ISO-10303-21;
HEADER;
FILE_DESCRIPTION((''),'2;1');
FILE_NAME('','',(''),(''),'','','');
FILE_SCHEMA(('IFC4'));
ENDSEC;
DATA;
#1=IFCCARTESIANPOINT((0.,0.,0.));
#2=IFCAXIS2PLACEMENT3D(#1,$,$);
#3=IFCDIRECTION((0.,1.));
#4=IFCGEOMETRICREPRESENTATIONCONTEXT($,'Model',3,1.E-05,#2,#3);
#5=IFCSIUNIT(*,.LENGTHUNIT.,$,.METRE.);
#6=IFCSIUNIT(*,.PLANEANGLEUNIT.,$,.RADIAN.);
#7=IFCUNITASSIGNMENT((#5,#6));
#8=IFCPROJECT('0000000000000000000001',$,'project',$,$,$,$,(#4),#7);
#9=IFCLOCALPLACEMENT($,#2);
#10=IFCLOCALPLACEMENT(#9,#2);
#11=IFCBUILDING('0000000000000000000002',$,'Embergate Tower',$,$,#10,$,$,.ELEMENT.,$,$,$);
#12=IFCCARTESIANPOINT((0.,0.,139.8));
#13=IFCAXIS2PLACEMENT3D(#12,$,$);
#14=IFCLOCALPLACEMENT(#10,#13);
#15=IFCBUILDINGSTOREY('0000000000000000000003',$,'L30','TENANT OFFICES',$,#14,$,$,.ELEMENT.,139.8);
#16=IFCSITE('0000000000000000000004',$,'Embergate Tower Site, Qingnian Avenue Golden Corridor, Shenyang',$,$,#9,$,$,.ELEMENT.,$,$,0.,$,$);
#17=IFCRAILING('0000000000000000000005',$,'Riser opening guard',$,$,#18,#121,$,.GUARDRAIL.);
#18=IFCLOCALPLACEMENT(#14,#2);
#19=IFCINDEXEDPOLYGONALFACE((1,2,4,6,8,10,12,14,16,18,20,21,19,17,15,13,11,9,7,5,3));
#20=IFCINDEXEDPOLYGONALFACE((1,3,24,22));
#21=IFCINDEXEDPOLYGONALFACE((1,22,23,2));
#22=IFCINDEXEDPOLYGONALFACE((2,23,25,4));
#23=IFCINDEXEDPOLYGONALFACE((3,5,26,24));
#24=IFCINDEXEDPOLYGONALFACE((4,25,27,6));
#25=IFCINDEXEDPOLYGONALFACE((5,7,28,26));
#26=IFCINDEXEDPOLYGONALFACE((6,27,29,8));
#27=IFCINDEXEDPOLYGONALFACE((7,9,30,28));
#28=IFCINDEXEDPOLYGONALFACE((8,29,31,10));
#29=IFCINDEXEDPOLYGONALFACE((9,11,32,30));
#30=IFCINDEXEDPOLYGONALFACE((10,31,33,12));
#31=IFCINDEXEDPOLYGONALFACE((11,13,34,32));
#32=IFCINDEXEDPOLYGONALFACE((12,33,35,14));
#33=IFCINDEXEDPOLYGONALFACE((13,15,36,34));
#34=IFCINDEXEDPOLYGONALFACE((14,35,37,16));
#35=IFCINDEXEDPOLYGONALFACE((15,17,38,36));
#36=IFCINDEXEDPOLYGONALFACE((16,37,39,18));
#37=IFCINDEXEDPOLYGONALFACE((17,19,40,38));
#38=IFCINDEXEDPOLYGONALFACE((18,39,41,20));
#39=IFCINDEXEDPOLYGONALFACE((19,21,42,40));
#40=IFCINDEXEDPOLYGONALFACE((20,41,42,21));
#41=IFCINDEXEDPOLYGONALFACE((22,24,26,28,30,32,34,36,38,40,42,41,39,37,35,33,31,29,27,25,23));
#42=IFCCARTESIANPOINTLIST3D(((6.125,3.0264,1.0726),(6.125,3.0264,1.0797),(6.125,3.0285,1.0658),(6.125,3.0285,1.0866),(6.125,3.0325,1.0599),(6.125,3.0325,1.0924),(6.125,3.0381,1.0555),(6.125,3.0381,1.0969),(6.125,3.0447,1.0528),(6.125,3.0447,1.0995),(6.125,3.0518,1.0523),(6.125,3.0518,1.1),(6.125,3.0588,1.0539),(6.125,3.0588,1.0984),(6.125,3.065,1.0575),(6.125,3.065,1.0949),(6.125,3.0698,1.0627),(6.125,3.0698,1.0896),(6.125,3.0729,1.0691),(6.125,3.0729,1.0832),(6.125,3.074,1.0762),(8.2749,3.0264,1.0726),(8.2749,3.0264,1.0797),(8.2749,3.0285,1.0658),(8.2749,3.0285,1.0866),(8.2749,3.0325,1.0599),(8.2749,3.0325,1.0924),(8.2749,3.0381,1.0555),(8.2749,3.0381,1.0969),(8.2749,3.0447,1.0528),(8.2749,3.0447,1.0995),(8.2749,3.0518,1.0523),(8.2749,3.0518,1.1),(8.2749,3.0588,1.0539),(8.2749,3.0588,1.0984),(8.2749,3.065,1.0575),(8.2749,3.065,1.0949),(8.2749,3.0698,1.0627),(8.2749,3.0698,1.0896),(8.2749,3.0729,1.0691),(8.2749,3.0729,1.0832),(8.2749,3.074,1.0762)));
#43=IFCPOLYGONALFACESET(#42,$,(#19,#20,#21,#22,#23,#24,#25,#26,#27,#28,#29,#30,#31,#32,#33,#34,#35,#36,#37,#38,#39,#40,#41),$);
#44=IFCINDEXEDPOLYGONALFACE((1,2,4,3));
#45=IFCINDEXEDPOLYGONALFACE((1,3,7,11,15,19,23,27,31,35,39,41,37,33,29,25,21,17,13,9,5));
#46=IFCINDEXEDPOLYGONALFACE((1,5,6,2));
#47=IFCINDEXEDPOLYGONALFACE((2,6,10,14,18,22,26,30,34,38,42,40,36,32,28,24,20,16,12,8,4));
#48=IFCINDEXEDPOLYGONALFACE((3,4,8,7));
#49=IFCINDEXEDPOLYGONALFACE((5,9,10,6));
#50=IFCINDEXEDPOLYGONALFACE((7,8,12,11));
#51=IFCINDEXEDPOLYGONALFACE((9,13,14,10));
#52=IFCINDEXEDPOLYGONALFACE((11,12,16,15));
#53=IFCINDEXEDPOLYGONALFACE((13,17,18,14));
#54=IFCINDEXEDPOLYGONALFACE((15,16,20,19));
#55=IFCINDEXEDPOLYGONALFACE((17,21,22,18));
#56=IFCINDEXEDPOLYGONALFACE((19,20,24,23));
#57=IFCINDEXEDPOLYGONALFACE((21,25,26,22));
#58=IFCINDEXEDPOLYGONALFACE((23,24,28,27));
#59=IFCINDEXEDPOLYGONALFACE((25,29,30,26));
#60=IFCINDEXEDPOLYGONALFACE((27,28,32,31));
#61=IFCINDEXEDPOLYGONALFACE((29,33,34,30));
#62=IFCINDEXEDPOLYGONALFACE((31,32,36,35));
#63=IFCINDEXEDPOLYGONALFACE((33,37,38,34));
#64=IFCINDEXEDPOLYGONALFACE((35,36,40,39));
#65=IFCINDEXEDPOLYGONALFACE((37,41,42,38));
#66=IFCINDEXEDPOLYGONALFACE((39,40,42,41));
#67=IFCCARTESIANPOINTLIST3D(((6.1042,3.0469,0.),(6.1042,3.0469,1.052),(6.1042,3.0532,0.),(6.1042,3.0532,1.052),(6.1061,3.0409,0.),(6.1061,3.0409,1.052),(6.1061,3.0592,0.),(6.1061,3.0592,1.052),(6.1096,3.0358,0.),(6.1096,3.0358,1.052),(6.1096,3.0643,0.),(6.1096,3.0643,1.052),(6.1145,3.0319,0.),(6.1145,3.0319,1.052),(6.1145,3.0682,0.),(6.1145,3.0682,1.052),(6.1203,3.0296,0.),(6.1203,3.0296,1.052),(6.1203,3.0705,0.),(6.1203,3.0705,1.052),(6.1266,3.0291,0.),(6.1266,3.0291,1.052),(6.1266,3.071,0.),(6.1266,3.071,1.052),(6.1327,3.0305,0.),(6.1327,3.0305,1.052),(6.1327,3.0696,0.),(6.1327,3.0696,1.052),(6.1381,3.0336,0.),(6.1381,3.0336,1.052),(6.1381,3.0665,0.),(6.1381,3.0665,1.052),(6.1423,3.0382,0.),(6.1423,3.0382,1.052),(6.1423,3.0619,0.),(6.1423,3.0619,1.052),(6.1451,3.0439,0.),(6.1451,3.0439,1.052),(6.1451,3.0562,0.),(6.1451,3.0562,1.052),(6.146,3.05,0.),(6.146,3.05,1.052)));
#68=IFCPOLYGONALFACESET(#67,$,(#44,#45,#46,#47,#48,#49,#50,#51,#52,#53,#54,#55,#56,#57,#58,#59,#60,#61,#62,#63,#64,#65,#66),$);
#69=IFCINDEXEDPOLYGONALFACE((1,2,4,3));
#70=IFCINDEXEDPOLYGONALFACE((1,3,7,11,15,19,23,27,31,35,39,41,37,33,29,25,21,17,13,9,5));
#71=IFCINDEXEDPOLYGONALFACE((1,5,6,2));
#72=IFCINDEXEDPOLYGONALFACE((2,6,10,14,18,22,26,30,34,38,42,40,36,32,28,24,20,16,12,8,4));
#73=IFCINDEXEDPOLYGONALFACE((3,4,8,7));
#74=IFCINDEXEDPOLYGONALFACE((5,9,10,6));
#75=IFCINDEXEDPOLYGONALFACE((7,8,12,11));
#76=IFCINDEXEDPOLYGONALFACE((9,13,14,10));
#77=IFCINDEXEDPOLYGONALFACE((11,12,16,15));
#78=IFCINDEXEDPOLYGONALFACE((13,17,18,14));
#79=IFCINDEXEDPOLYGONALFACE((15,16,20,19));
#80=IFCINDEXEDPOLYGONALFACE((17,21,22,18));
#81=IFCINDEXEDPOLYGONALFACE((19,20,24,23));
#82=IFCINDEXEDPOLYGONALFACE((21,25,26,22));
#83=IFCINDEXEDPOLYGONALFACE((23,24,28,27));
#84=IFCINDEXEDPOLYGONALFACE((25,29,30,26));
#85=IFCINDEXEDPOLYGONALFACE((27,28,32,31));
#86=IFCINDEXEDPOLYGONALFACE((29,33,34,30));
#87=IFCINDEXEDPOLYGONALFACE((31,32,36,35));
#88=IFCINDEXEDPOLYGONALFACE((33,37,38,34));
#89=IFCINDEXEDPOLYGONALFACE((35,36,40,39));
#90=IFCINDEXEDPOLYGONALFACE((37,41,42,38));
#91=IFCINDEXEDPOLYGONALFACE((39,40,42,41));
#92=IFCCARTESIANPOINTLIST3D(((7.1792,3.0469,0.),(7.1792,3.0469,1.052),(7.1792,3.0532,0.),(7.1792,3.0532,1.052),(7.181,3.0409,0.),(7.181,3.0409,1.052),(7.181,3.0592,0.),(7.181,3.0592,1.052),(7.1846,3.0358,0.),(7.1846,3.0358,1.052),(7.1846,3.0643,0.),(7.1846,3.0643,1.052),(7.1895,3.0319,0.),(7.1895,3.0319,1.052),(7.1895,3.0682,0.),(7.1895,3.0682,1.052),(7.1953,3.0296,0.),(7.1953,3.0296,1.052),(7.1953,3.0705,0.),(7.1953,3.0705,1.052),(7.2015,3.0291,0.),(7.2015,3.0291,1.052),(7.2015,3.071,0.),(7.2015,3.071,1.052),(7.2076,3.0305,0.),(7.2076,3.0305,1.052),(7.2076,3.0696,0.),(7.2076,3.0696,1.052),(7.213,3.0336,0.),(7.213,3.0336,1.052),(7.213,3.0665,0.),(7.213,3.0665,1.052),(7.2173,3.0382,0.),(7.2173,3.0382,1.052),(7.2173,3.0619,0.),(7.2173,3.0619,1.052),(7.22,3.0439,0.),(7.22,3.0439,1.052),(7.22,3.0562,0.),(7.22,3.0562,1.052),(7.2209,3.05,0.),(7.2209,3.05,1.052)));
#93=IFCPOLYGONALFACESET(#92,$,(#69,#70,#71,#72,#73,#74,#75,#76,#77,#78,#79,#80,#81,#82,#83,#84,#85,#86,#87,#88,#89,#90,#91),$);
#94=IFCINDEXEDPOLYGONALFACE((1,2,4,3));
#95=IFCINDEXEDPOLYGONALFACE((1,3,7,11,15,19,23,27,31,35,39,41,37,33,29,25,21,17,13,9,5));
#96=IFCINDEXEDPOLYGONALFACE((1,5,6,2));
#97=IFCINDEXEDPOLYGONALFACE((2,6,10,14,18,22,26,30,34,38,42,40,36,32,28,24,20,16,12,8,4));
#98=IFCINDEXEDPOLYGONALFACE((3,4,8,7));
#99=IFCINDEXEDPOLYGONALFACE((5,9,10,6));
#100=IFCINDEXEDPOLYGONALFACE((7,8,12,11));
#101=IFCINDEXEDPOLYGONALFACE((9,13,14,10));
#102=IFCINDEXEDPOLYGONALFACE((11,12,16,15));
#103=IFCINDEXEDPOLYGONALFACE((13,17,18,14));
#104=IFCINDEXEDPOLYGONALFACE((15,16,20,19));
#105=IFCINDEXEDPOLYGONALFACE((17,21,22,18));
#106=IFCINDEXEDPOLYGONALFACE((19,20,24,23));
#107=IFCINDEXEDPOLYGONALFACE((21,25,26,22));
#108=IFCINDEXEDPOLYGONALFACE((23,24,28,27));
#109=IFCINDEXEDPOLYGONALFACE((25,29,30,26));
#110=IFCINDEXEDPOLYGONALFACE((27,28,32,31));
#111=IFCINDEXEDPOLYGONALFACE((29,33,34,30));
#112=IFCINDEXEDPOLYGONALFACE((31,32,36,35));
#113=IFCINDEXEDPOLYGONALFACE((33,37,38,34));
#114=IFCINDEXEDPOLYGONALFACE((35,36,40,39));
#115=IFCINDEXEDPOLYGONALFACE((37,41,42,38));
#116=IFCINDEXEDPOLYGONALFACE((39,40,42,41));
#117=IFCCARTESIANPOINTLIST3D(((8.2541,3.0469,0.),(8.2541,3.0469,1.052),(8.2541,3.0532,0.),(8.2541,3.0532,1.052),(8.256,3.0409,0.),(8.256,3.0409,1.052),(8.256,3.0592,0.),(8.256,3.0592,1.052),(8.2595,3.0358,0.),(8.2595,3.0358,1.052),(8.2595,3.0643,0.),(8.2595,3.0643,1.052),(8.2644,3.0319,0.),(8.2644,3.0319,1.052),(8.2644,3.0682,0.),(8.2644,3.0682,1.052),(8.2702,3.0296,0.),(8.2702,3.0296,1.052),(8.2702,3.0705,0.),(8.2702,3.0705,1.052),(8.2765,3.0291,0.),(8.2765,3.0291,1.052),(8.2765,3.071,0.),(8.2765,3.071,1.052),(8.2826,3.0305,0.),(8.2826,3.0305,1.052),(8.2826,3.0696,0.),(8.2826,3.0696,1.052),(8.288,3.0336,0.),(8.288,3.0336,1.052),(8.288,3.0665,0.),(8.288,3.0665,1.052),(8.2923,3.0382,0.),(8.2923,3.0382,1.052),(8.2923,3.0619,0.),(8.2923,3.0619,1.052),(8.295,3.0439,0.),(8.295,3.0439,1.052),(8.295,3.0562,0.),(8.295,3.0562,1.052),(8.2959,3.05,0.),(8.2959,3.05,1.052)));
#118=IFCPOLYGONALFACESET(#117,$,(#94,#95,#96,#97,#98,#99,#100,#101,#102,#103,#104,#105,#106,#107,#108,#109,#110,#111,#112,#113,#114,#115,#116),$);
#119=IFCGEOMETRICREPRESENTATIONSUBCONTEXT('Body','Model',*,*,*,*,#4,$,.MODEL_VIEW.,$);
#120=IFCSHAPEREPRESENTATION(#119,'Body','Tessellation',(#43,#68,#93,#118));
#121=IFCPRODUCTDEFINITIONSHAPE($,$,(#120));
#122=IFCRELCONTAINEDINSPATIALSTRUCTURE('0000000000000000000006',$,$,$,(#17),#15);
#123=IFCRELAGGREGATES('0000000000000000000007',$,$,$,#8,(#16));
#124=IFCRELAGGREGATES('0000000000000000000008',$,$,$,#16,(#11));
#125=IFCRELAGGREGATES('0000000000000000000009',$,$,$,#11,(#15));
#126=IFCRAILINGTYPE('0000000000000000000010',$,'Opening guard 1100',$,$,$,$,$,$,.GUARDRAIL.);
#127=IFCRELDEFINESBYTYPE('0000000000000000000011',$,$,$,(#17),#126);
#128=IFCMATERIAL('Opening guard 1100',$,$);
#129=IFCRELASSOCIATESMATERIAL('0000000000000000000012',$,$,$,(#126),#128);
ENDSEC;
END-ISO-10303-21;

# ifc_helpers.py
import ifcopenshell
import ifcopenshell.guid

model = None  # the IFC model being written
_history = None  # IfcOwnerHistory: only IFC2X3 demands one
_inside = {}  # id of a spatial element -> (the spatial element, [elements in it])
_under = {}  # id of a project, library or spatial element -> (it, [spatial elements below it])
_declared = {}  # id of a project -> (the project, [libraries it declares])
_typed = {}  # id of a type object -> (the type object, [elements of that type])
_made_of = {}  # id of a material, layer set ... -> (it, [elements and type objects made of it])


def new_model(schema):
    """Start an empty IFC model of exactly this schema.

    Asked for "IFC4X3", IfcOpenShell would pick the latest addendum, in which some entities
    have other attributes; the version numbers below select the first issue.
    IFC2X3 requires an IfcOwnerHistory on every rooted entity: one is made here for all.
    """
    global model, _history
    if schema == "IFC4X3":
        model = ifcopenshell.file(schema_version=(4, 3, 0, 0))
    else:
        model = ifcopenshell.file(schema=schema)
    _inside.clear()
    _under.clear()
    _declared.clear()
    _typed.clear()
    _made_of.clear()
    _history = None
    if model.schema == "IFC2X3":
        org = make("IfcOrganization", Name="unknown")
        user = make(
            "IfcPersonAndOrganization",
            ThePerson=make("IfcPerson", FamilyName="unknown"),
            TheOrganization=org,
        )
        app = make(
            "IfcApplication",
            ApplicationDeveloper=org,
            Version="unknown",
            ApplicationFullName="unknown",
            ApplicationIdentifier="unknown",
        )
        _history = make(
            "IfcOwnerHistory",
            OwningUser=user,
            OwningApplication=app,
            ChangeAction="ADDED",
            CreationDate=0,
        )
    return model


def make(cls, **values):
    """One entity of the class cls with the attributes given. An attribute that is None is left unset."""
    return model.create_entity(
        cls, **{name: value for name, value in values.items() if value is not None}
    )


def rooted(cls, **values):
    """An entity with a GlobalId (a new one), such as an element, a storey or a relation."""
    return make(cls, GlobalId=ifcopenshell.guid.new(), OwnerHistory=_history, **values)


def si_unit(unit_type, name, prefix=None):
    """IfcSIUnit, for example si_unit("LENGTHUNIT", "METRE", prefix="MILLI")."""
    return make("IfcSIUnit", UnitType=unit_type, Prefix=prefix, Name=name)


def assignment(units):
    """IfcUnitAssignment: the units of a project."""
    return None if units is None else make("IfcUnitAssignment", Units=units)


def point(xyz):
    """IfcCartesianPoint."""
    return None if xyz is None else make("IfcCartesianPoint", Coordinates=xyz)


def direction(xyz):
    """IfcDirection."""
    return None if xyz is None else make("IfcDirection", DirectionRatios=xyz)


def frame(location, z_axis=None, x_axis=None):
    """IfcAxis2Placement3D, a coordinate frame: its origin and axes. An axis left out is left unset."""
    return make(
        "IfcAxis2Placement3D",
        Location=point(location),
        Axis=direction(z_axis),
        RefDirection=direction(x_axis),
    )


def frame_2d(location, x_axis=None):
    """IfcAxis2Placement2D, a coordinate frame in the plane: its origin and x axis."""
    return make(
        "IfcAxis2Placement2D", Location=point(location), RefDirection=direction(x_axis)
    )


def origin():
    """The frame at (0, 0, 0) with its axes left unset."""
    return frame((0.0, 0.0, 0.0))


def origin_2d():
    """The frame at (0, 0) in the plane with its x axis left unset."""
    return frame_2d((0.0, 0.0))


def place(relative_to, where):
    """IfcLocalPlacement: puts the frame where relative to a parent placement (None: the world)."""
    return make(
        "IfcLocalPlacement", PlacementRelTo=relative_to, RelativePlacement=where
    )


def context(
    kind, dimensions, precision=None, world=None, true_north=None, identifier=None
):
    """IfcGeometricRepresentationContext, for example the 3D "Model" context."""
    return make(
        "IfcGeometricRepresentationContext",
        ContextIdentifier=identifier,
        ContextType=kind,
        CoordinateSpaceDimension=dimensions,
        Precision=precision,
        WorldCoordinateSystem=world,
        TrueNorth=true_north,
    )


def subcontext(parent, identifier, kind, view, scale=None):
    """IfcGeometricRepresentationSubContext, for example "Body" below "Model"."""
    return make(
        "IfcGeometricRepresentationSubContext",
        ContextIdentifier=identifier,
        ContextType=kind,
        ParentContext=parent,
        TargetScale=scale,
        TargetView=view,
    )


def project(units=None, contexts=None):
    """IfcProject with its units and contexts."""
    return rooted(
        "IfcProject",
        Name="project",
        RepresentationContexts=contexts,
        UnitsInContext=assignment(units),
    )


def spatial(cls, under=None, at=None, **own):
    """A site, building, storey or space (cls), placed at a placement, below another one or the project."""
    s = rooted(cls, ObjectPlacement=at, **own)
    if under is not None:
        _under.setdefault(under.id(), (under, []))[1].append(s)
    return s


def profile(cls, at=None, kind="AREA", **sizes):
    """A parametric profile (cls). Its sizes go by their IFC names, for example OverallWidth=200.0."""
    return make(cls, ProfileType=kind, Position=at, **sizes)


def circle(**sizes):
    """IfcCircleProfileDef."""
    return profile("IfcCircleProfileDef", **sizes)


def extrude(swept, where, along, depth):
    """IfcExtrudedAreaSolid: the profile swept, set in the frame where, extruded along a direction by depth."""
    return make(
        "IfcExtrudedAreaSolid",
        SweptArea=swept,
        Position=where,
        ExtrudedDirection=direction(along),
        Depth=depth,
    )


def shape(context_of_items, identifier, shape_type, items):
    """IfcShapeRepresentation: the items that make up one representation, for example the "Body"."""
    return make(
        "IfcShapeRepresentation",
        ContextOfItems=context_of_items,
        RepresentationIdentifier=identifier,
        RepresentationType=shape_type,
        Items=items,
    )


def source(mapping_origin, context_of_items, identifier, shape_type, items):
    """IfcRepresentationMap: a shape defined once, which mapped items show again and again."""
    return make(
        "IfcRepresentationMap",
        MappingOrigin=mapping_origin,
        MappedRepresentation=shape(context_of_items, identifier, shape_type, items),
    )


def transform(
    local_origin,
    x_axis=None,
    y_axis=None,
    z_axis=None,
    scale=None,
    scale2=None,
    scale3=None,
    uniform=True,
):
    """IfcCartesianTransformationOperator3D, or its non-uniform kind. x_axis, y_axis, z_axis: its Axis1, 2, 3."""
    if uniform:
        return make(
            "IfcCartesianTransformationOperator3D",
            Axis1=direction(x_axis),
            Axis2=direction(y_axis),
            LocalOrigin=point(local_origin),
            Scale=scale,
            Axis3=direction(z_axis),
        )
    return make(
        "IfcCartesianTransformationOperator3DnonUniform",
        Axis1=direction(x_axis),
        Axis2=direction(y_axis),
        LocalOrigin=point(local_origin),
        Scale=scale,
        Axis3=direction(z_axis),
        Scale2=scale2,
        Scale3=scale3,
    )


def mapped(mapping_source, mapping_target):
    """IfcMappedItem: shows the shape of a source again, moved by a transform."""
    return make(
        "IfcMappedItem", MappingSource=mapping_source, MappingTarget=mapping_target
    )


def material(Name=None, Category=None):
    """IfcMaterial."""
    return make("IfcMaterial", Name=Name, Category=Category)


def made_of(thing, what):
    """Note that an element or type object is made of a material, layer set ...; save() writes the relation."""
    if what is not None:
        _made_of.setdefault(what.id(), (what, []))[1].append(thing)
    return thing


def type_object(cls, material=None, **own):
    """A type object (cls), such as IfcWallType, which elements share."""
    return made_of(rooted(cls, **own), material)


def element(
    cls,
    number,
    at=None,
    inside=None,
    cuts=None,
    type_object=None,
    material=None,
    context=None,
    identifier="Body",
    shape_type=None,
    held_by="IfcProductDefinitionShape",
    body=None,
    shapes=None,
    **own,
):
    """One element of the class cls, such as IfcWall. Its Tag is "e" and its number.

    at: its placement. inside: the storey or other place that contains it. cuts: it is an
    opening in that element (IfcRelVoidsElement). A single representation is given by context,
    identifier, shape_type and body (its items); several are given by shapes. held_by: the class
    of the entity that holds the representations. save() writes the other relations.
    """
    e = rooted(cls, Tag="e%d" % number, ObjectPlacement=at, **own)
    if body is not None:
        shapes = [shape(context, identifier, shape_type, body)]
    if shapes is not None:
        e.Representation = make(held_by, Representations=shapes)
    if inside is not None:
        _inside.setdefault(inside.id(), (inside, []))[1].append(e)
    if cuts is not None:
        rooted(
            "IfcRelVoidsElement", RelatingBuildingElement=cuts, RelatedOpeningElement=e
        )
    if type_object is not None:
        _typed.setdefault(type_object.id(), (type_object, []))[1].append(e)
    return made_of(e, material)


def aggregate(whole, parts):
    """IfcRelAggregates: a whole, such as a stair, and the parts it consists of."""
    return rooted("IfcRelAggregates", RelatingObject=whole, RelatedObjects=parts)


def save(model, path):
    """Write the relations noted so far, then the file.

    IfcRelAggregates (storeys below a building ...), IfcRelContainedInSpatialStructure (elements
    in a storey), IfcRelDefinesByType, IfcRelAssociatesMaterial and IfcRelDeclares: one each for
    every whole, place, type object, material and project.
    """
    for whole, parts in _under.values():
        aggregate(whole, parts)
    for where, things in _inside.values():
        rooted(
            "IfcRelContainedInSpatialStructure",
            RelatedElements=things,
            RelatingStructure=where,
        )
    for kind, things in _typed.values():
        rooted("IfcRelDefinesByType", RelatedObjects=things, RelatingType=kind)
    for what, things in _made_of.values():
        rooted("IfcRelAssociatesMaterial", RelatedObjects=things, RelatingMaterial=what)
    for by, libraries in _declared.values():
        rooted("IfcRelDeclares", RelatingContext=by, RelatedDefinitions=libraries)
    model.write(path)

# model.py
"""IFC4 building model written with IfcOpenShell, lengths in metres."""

from ifc_helpers import new_model, si_unit, direction, frame, origin, origin_2d, place, context, subcontext, project, spatial, circle, extrude, source, transform, mapped, material, type_object, element, save


model = new_model("IFC4")

# Units and contexts
model_context = context("Model", 3, precision=1e-05, world=origin(), true_north=direction((0.0, 1.0)))
body_context = subcontext(model_context, "Body", "Model", "MODEL_VIEW")
ifc_project = project(units=[si_unit("LENGTHUNIT", "METRE"), si_unit("PLANEANGLEUNIT", "RADIAN")], contexts=[model_context])

# Site, building, storey
site_placement = place(None, origin())
site = spatial("IfcSite", under=ifc_project, at=site_placement, Name="Embergate Tower Site, Qingnian Avenue Golden Corridor, Shenyang", CompositionType="ELEMENT", RefElevation=0.0)
building_placement = place(site_placement, origin())
building = spatial("IfcBuilding", under=site, at=building_placement, Name="Embergate Tower", CompositionType="ELEMENT")
storey_placement = place(building_placement, frame((0.0, 0.0, 139.8)))
storey = spatial("IfcBuildingStorey", under=building, at=storey_placement, Name="L30", Description="TENANT OFFICES", CompositionType="ELEMENT", Elevation=139.8)

# Railing
ifc_material_1 = material(Name="Opening guard 1100")
railing_type = type_object("IfcRailingType", Name="Opening guard 1100", PredefinedType="GUARDRAIL", material=ifc_material_1)
shared_shape_1 = source(origin(), body_context, "Body", "SweptSolid", [
    extrude(circle(Radius=0.0239, at=origin_2d()), frame((0.0, 0.0, 1.0762), z_axis=(1.0, 0.0, 0.0), x_axis=(0.0, 1.0, 0.0)), (0.0, 0.0, 1.0), 2.1499),
    extrude(circle(Radius=0.021, at=origin_2d()), origin(), (0.0, 0.0, 1.0), 1.052),
    extrude(circle(Radius=0.021, at=origin_2d()), frame((1.075, 0.0, 0.0)), (0.0, 0.0, 1.0), 1.052),
    extrude(circle(Radius=0.021, at=origin_2d()), frame((2.1499, 0.0, 0.0)), (0.0, 0.0, 1.0), 1.052),
])
railing_placement = place(storey_placement, frame((6.125, 3.05, 0.0)))
element("IfcRailing", 1, at=railing_placement, inside=storey, type_object=railing_type, Name="Riser opening guard", PredefinedType="GUARDRAIL", context=body_context, shape_type="MappedRepresentation", body=[
    mapped(shared_shape_1, transform((0.0, 0.0, 0.0))),
])

save(model, "model.ifc")
